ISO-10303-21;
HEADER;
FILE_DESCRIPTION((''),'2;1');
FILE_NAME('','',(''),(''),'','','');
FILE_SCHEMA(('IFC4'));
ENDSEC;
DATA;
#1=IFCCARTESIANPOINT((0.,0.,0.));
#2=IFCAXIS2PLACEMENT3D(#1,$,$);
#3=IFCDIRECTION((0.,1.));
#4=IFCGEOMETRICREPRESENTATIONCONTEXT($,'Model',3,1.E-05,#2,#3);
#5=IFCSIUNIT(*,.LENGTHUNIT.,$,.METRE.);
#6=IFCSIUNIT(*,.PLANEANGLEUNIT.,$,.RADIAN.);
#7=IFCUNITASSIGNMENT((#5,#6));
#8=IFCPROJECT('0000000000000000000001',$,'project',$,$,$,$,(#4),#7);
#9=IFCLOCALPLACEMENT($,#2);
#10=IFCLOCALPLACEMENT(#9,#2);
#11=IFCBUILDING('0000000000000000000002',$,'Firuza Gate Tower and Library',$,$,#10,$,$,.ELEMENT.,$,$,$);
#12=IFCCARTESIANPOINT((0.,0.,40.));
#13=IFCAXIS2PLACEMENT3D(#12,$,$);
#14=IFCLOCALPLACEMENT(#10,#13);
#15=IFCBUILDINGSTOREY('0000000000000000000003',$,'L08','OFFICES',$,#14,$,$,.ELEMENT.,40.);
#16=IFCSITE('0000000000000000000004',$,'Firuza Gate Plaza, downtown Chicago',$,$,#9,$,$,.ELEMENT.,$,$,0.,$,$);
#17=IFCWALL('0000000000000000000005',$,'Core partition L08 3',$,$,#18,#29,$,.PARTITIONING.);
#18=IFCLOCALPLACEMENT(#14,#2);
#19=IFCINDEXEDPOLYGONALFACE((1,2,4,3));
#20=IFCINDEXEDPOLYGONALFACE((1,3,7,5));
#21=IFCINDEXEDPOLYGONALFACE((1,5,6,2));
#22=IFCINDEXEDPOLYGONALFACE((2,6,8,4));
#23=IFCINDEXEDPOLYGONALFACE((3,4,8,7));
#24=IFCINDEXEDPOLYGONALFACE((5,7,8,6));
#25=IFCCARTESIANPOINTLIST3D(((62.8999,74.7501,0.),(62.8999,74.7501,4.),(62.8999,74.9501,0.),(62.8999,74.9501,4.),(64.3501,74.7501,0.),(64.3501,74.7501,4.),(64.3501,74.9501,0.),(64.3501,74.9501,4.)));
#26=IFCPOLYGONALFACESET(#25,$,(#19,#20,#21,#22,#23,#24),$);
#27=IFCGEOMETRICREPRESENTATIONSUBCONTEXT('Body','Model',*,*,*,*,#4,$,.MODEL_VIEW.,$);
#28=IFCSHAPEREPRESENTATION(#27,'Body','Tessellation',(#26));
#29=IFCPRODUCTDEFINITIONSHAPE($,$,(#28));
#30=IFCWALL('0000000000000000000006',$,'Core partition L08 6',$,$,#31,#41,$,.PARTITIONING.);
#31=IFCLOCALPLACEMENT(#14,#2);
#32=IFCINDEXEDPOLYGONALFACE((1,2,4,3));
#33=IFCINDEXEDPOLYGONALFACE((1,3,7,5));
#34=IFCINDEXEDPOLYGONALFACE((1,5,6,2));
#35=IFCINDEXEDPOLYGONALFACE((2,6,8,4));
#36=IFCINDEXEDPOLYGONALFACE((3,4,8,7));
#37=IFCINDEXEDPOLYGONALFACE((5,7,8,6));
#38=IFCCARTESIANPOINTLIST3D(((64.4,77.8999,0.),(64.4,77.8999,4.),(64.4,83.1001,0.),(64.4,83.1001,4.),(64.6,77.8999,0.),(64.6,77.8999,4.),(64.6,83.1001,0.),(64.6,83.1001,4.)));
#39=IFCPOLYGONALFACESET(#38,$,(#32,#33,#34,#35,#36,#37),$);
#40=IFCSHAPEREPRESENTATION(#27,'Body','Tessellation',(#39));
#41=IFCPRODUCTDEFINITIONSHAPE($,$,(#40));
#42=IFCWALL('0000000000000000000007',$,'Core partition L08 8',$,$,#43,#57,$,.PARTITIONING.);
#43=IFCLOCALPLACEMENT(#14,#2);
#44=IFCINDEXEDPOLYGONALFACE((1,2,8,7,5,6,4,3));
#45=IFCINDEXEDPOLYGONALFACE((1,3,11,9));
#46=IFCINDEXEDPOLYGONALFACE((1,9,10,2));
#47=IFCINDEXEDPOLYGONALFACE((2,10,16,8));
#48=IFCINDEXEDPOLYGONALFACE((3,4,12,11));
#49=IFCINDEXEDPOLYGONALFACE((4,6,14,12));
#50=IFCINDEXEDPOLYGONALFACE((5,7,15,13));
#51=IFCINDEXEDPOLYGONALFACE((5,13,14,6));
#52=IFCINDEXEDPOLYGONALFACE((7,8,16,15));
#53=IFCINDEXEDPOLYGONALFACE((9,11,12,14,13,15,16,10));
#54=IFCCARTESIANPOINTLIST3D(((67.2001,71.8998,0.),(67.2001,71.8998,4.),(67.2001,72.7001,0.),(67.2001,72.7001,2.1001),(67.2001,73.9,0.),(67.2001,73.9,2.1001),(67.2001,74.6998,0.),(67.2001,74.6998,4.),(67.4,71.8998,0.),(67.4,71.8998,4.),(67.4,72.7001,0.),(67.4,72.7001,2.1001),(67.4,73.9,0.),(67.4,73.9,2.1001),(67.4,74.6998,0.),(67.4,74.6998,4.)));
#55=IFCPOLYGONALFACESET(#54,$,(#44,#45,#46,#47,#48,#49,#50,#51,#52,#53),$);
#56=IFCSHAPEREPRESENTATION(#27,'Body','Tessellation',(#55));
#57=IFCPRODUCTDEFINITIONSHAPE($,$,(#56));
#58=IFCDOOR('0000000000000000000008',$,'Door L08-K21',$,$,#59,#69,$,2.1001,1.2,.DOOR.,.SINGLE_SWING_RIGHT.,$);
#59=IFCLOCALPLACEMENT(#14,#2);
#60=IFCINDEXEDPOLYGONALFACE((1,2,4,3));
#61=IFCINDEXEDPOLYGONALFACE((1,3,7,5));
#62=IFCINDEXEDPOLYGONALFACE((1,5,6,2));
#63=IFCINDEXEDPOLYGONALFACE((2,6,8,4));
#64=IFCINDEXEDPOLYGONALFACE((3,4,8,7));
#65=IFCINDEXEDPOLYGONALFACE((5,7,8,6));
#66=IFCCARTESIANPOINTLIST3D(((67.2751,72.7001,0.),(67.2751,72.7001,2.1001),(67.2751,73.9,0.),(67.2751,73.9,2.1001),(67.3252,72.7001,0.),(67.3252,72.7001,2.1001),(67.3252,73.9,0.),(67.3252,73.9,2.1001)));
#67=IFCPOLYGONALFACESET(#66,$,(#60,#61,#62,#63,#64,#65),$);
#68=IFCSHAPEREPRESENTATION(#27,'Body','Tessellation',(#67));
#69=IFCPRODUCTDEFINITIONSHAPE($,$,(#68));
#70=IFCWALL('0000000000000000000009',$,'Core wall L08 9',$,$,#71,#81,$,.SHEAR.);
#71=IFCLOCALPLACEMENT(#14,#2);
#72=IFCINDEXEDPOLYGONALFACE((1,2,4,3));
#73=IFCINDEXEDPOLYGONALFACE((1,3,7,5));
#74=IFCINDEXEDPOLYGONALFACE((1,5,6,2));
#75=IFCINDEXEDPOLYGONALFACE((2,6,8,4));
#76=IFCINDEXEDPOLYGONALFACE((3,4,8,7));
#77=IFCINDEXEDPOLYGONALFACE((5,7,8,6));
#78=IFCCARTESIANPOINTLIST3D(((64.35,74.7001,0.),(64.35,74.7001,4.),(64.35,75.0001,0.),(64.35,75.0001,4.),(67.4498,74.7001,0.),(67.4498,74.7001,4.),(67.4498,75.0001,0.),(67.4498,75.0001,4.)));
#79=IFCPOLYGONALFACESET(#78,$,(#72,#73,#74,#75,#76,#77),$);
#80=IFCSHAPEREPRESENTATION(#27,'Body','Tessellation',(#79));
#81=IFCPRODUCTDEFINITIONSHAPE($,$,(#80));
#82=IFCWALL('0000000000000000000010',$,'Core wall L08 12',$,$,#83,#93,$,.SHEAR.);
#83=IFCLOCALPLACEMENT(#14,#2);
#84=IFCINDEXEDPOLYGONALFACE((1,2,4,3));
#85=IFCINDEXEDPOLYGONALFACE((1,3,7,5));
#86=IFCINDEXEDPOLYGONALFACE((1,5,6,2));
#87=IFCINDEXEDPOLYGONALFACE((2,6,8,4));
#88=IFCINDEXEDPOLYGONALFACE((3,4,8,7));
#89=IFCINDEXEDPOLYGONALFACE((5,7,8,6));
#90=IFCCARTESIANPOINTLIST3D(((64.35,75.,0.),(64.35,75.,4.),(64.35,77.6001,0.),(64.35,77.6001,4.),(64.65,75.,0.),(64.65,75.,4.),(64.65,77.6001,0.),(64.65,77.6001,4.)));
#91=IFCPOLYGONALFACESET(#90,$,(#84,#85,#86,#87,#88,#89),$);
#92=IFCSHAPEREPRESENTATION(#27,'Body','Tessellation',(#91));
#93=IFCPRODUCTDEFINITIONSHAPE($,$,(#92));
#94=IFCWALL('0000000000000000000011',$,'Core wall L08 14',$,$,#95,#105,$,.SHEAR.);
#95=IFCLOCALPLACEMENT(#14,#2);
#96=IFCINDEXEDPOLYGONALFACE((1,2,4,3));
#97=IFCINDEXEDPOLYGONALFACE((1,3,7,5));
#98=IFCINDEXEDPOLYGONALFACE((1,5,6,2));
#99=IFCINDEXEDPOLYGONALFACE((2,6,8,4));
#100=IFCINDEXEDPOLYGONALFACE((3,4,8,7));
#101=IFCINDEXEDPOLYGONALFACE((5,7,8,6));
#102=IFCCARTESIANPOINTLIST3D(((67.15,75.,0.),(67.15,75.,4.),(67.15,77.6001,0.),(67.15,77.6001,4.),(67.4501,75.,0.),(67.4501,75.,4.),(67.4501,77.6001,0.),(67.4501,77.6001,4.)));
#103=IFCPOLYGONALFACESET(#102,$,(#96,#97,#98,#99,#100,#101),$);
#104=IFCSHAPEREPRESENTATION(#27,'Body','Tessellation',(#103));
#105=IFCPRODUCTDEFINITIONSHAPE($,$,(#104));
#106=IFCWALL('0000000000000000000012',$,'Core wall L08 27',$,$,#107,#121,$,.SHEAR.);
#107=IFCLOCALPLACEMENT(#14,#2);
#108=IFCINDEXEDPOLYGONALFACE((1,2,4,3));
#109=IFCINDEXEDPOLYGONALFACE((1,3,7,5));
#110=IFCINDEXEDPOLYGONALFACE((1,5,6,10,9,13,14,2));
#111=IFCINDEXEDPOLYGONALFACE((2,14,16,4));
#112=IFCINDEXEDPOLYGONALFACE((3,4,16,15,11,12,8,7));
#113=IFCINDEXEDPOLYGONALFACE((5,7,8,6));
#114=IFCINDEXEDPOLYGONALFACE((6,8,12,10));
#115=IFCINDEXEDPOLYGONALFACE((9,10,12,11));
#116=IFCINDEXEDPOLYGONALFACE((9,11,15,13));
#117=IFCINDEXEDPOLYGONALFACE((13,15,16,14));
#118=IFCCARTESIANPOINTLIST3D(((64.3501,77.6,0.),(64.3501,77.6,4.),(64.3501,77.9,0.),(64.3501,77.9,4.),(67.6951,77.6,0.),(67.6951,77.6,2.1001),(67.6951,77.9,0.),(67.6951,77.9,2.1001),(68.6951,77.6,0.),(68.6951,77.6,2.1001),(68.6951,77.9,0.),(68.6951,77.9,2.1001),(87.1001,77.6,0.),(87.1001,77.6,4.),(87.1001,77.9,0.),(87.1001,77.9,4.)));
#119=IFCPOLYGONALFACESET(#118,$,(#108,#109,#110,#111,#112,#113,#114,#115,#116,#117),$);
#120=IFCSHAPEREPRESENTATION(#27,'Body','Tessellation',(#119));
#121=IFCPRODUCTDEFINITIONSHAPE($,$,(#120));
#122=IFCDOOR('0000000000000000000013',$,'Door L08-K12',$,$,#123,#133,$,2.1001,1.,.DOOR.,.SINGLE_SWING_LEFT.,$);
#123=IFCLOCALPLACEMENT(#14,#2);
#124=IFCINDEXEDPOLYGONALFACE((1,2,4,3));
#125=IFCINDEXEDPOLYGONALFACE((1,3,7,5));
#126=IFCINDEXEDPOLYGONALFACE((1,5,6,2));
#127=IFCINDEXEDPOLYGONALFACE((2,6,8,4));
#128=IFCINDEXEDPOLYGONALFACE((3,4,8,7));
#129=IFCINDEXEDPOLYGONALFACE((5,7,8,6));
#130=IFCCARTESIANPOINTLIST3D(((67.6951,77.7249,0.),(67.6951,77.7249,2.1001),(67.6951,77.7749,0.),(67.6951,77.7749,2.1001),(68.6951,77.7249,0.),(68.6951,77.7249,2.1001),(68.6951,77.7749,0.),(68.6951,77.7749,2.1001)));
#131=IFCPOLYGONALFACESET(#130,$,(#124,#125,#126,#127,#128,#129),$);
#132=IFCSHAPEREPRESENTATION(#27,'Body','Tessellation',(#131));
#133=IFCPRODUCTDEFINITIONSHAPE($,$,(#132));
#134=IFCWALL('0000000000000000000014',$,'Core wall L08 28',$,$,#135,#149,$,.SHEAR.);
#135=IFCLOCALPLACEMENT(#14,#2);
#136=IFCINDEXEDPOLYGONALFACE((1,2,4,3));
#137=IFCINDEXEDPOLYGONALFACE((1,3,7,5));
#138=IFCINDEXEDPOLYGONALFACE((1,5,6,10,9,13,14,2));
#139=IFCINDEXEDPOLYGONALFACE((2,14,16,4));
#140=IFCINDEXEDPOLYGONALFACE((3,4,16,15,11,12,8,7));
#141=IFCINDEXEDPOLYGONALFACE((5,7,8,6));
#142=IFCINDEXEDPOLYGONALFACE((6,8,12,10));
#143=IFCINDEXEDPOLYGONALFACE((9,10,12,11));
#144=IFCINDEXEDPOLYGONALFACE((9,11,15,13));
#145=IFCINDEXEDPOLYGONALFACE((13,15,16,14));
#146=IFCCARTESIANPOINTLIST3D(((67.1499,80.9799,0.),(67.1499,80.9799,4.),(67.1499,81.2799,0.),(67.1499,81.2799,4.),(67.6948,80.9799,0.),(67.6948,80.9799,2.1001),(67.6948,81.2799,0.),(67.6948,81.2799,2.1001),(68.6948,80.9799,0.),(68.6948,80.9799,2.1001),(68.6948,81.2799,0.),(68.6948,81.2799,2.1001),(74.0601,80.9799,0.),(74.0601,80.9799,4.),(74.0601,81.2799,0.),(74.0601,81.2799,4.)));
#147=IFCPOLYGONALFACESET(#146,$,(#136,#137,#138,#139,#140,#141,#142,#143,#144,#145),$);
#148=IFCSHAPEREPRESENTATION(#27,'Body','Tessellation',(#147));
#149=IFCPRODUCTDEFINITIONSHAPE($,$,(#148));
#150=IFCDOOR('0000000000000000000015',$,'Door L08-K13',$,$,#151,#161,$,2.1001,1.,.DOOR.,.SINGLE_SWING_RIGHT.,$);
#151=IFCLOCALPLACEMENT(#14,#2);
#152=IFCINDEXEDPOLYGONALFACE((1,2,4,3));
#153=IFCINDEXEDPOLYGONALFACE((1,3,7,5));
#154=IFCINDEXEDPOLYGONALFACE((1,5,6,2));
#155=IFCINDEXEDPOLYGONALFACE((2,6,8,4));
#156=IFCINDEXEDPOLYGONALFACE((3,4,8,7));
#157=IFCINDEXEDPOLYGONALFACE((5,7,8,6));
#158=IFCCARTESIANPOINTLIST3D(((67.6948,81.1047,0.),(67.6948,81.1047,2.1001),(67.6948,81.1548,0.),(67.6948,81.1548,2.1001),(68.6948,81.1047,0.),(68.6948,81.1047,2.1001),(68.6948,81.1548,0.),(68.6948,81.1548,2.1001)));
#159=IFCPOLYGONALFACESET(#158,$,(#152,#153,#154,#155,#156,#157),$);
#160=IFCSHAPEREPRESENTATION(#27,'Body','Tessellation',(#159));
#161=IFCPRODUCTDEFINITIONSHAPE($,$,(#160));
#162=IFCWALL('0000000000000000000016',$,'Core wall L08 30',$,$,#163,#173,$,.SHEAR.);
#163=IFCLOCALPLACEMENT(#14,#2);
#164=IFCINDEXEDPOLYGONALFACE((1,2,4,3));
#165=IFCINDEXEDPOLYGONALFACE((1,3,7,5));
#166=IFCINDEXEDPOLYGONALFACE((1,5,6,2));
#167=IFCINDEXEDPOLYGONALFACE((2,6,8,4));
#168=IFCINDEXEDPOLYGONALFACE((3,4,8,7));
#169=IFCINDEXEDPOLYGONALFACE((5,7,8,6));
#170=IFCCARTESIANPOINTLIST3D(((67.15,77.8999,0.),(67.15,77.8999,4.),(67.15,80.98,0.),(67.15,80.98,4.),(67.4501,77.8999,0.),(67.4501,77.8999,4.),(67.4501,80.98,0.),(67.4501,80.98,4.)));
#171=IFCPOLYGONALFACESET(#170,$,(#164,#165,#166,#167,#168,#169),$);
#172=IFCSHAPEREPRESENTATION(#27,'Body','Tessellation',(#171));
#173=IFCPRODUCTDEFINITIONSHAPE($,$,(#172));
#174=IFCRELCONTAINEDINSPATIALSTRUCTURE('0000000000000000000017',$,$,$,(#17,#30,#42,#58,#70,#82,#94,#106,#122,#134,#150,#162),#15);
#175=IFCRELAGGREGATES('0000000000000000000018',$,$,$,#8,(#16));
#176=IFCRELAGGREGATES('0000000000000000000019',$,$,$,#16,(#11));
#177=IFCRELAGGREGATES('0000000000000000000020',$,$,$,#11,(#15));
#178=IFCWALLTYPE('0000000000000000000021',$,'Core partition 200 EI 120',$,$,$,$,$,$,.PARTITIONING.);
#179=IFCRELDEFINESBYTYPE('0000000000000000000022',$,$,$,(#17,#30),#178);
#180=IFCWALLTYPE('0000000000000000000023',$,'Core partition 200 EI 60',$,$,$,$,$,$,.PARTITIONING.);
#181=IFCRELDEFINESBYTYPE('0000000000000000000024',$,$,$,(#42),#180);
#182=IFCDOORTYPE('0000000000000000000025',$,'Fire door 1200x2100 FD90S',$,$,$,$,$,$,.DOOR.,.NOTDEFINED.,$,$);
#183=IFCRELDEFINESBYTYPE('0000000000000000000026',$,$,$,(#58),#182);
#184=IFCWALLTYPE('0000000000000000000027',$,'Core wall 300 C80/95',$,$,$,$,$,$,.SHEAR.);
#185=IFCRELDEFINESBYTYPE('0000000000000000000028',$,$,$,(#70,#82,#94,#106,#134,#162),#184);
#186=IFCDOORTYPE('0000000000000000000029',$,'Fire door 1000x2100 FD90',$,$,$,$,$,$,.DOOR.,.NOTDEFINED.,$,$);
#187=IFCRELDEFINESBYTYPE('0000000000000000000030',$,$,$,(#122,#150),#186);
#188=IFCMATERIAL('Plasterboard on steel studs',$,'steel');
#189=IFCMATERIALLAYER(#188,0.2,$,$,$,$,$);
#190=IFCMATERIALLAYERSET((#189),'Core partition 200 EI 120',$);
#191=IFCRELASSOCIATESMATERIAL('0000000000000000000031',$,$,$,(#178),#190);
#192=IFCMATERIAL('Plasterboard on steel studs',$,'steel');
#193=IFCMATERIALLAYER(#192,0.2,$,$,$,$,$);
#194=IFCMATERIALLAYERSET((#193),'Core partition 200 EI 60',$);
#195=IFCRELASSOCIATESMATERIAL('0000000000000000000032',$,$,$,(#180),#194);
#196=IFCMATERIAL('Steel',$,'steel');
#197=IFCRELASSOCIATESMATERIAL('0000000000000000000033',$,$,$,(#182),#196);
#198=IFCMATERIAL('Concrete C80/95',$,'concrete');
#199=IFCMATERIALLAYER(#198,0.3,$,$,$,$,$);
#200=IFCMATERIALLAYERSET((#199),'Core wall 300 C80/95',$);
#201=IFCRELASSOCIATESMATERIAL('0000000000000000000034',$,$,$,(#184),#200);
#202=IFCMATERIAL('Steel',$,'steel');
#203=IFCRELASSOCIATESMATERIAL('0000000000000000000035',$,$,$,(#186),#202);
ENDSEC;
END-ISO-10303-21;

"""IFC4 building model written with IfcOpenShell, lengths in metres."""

from ifc_helpers import new_model, si_unit, direction, frame, frame_2d, origin, place, context, subcontext, project, spatial, rectangle, extrude, material, layer, layer_set, type_object, element, fill, save


model = new_model("IFC4")

# Units and contexts
model_context = context("Model", 3, precision=1e-05, world=origin(), true_north=direction((0.0, 1.0)))
body_context = subcontext(model_context, "Body", "Model", "MODEL_VIEW")
ifc_project = project(units=[si_unit("LENGTHUNIT", "METRE"), si_unit("PLANEANGLEUNIT", "RADIAN")], contexts=[model_context])

# Site, building, storey
site_placement = place(None, origin())
site = spatial("IfcSite", under=ifc_project, at=site_placement, Name="Firuza Gate Plaza, downtown Chicago", CompositionType="ELEMENT", RefElevation=0.0)
building_placement = place(site_placement, origin())
building = spatial("IfcBuilding", under=site, at=building_placement, Name="Firuza Gate Tower and Library", CompositionType="ELEMENT")
storey_placement = place(building_placement, frame((0.0, 0.0, 40.0)))
storey = spatial("IfcBuildingStorey", under=building, at=storey_placement, Name="L08", Description="OFFICES", CompositionType="ELEMENT", Elevation=40.0)

# Walls
ifc_material_1 = material(Name="Plasterboard on steel studs", Category="steel")
ifc_layer_1 = layer(ifc_material_1, 0.2)
ifc_layer_set_1 = layer_set([ifc_layer_1], Name="Core partition 200 EI 120")
wall_type_1 = type_object("IfcWallType", Name="Core partition 200 EI 120", PredefinedType="PARTITIONING", material=ifc_layer_set_1)
wall_1_placement = place(storey_placement, frame((62.8999, 74.8501, 0.0), z_axis=(0.0, 0.0, 1.0), x_axis=(1.0, 0.0, 0.0)))
element("IfcWall", 1, at=wall_1_placement, inside=storey, type_object=wall_type_1, Name="Core partition L08 3", PredefinedType="PARTITIONING", context=body_context, shape_type="SweptSolid", body=[
    extrude(rectangle(XDim=1.4502, YDim=0.2, at=frame_2d((0.7251, 0.0))), origin(), (0.0, 0.0, 1.0), 4.0),
])
wall_2_placement = place(storey_placement, frame((64.5, 77.8999, 0.0), z_axis=(0.0, 0.0, 1.0), x_axis=(0.0, 1.0, 0.0)))
element("IfcWall", 2, at=wall_2_placement, inside=storey, type_object=wall_type_1, Name="Core partition L08 6", PredefinedType="PARTITIONING", context=body_context, shape_type="SweptSolid", body=[
    extrude(rectangle(XDim=5.2002, YDim=0.2, at=frame_2d((2.6001, 0.0))), origin(), (0.0, 0.0, 1.0), 4.0),
])

# Wall, opening, door
ifc_material_2 = material(Name="Plasterboard on steel studs", Category="steel")
ifc_layer_2 = layer(ifc_material_2, 0.2)
ifc_layer_set_2 = layer_set([ifc_layer_2], Name="Core partition 200 EI 60")
wall_type_2 = type_object("IfcWallType", Name="Core partition 200 EI 60", PredefinedType="PARTITIONING", material=ifc_layer_set_2)
wall_3_placement = place(storey_placement, frame((67.3, 71.8999, 0.0), z_axis=(0.0, 0.0, 1.0), x_axis=(0.0, 1.0, 0.0)))
wall_3 = element("IfcWall", 3, at=wall_3_placement, inside=storey, type_object=wall_type_2, Name="Core partition L08 8", PredefinedType="PARTITIONING", context=body_context, shape_type="SweptSolid", body=[
    extrude(rectangle(XDim=2.8, YDim=0.2, at=frame_2d((1.3999, 0.0))), origin(), (0.0, 0.0, 1.0), 4.0),
])
opening_1_placement = place(wall_3_placement, frame((0.8, 0.0, 0.0)))
opening_1 = element("IfcOpeningElement", 4, at=opening_1_placement, cuts=wall_3, PredefinedType="OPENING", context=body_context, shape_type="SweptSolid", body=[
    extrude(rectangle(XDim=1.2, YDim=2.1001, at=frame_2d((0.6001, 1.05))), frame((0.0, 0.1099, 0.0), z_axis=(0.0, -1.0, 0.0), x_axis=(1.0, 0.0, 0.0)), (0.0, 0.0, 1.0), 0.22),
])
ifc_material_3 = material(Name="Steel", Category="steel")
door_type_1 = type_object("IfcDoorType", Name="Fire door 1200x2100 FD90S", OperationType="NOTDEFINED", PredefinedType="DOOR", material=ifc_material_3)
door_1_placement = place(opening_1_placement, origin())
door_1 = element("IfcDoor", 5, at=door_1_placement, inside=storey, type_object=door_type_1, Name="Door L08-K21", OperationType="SINGLE_SWING_RIGHT", OverallHeight=2.1001, OverallWidth=1.2, PredefinedType="DOOR", context=body_context, shape_type="SweptSolid", body=[
    extrude(rectangle(XDim=1.2, YDim=2.1001, at=frame_2d((0.6001, 1.05))), frame((0.0, 0.0249, 0.0), z_axis=(0.0, -1.0, 0.0), x_axis=(1.0, 0.0, 0.0)), (0.0, 0.0, 1.0), 0.05),
])
fill(opening_1, door_1)

# Walls
ifc_material_4 = material(Name="Concrete C80/95", Category="concrete")
ifc_layer_3 = layer(ifc_material_4, 0.3)
ifc_layer_set_3 = layer_set([ifc_layer_3], Name="Core wall 300 C80/95")
wall_type_3 = type_object("IfcWallType", Name="Core wall 300 C80/95", PredefinedType="SHEAR", material=ifc_layer_set_3)
wall_4_placement = place(storey_placement, frame((64.3501, 74.8501, 0.0), z_axis=(0.0, 0.0, 1.0), x_axis=(1.0, 0.0, 0.0)))
element("IfcWall", 6, at=wall_4_placement, inside=storey, type_object=wall_type_3, Name="Core wall L08 9", PredefinedType="SHEAR", context=body_context, shape_type="SweptSolid", body=[
    extrude(rectangle(XDim=3.0999, YDim=0.3, at=frame_2d((1.5498, 0.0))), origin(), (0.0, 0.0, 1.0), 4.0),
])
for number, where, z_axis, x_axis, name in (
    (7, (64.5, 75.0, 0.0), (0.0, 0.0, 1.0), (0.0, 1.0, 0.0), "Core wall L08 12"),
    (8, (67.3, 75.0, 0.0), (0.0, 0.0, 1.0), (0.0, 1.0, 0.0), "Core wall L08 14"),
):
    element("IfcWall", number, at=place(storey_placement, frame(where, z_axis=z_axis, x_axis=x_axis)), inside=storey, type_object=wall_type_3, Name=name, PredefinedType="SHEAR", context=body_context, shape_type="SweptSolid", body=[
        extrude(rectangle(XDim=2.6001, YDim=0.3, at=frame_2d((1.3, 0.0))), origin(), (0.0, 0.0, 1.0), 4.0),
    ])

# Walls, openings, doors
wall_5_placement = place(storey_placement, frame((64.3501, 77.75, 0.0), z_axis=(0.0, 0.0, 1.0), x_axis=(1.0, 0.0, 0.0)))
wall_5 = element("IfcWall", 9, at=wall_5_placement, inside=storey, type_object=wall_type_3, Name="Core wall L08 27", PredefinedType="SHEAR", context=body_context, shape_type="SweptSolid", body=[
    extrude(rectangle(XDim=22.75, YDim=0.3, at=frame_2d((11.375, 0.0))), origin(), (0.0, 0.0, 1.0), 4.0),
])
opening_2_placement = place(wall_5_placement, frame((3.345, 0.0, 0.0)))
opening_2 = element("IfcOpeningElement", 10, at=opening_2_placement, cuts=wall_5, PredefinedType="OPENING", context=body_context, shape_type="SweptSolid", body=[
    extrude(rectangle(XDim=1.0, YDim=2.1001, at=frame_2d((0.5, 1.05))), frame((0.0, 0.1602, 0.0), z_axis=(0.0, -1.0, 0.0), x_axis=(1.0, 0.0, 0.0)), (0.0, 0.0, 1.0), 0.3201),
])
ifc_material_5 = material(Name="Steel", Category="steel")
door_type_2 = type_object("IfcDoorType", Name="Fire door 1000x2100 FD90", OperationType="NOTDEFINED", PredefinedType="DOOR", material=ifc_material_5)
door_2_placement = place(opening_2_placement, origin())
door_2 = element("IfcDoor", 11, at=door_2_placement, inside=storey, type_object=door_type_2, Name="Door L08-K12", OperationType="SINGLE_SWING_LEFT", OverallHeight=2.1001, OverallWidth=1.0, PredefinedType="DOOR", context=body_context, shape_type="SweptSolid", body=[
    extrude(rectangle(XDim=1.0, YDim=2.1001, at=frame_2d((0.5, 1.05))), frame((0.0, 0.0249, 0.0), z_axis=(0.0, -1.0, 0.0), x_axis=(1.0, 0.0, 0.0)), (0.0, 0.0, 1.0), 0.05),
])
fill(opening_2, door_2)
wall_6_placement = place(storey_placement, frame((67.1499, 81.1299, 0.0), z_axis=(0.0, 0.0, 1.0), x_axis=(1.0, 0.0, 0.0)))
wall_6 = element("IfcWall", 12, at=wall_6_placement, inside=storey, type_object=wall_type_3, Name="Core wall L08 28", PredefinedType="SHEAR", context=body_context, shape_type="SweptSolid", body=[
    extrude(rectangle(XDim=6.9102, YDim=0.3, at=frame_2d((3.4551, 0.0))), origin(), (0.0, 0.0, 1.0), 4.0),
])
opening_3_placement = place(wall_6_placement, frame((0.5449, 0.0, 0.0)))
opening_3 = element("IfcOpeningElement", 13, at=opening_3_placement, cuts=wall_6, PredefinedType="OPENING", context=body_context, shape_type="SweptSolid", body=[
    extrude(rectangle(XDim=1.0, YDim=2.1001, at=frame_2d((0.5, 1.05))), frame((0.0, 0.1602, 0.0), z_axis=(0.0, -1.0, 0.0), x_axis=(1.0, 0.0, 0.0)), (0.0, 0.0, 1.0), 0.3201),
])
door_3_placement = place(opening_3_placement, origin())
door_3 = element("IfcDoor", 14, at=door_3_placement, inside=storey, type_object=door_type_2, Name="Door L08-K13", OperationType="SINGLE_SWING_RIGHT", OverallHeight=2.1001, OverallWidth=1.0, PredefinedType="DOOR", context=body_context, shape_type="SweptSolid", body=[
    extrude(rectangle(XDim=1.0, YDim=2.1001, at=frame_2d((0.5, 1.05))), frame((0.0, 0.0249, 0.0), z_axis=(0.0, -1.0, 0.0), x_axis=(1.0, 0.0, 0.0)), (0.0, 0.0, 1.0), 0.05),
])
fill(opening_3, door_3)

# Wall
wall_7_placement = place(storey_placement, frame((67.3, 77.8999, 0.0), z_axis=(0.0, 0.0, 1.0), x_axis=(0.0, 1.0, 0.0)))
element("IfcWall", 15, at=wall_7_placement, inside=storey, type_object=wall_type_3, Name="Core wall L08 30", PredefinedType="SHEAR", context=body_context, shape_type="SweptSolid", body=[
    extrude(rectangle(XDim=3.0801, YDim=0.3, at=frame_2d((1.54, 0.0))), origin(), (0.0, 0.0, 1.0), 4.0),
])

save(model, "model.ifc")
